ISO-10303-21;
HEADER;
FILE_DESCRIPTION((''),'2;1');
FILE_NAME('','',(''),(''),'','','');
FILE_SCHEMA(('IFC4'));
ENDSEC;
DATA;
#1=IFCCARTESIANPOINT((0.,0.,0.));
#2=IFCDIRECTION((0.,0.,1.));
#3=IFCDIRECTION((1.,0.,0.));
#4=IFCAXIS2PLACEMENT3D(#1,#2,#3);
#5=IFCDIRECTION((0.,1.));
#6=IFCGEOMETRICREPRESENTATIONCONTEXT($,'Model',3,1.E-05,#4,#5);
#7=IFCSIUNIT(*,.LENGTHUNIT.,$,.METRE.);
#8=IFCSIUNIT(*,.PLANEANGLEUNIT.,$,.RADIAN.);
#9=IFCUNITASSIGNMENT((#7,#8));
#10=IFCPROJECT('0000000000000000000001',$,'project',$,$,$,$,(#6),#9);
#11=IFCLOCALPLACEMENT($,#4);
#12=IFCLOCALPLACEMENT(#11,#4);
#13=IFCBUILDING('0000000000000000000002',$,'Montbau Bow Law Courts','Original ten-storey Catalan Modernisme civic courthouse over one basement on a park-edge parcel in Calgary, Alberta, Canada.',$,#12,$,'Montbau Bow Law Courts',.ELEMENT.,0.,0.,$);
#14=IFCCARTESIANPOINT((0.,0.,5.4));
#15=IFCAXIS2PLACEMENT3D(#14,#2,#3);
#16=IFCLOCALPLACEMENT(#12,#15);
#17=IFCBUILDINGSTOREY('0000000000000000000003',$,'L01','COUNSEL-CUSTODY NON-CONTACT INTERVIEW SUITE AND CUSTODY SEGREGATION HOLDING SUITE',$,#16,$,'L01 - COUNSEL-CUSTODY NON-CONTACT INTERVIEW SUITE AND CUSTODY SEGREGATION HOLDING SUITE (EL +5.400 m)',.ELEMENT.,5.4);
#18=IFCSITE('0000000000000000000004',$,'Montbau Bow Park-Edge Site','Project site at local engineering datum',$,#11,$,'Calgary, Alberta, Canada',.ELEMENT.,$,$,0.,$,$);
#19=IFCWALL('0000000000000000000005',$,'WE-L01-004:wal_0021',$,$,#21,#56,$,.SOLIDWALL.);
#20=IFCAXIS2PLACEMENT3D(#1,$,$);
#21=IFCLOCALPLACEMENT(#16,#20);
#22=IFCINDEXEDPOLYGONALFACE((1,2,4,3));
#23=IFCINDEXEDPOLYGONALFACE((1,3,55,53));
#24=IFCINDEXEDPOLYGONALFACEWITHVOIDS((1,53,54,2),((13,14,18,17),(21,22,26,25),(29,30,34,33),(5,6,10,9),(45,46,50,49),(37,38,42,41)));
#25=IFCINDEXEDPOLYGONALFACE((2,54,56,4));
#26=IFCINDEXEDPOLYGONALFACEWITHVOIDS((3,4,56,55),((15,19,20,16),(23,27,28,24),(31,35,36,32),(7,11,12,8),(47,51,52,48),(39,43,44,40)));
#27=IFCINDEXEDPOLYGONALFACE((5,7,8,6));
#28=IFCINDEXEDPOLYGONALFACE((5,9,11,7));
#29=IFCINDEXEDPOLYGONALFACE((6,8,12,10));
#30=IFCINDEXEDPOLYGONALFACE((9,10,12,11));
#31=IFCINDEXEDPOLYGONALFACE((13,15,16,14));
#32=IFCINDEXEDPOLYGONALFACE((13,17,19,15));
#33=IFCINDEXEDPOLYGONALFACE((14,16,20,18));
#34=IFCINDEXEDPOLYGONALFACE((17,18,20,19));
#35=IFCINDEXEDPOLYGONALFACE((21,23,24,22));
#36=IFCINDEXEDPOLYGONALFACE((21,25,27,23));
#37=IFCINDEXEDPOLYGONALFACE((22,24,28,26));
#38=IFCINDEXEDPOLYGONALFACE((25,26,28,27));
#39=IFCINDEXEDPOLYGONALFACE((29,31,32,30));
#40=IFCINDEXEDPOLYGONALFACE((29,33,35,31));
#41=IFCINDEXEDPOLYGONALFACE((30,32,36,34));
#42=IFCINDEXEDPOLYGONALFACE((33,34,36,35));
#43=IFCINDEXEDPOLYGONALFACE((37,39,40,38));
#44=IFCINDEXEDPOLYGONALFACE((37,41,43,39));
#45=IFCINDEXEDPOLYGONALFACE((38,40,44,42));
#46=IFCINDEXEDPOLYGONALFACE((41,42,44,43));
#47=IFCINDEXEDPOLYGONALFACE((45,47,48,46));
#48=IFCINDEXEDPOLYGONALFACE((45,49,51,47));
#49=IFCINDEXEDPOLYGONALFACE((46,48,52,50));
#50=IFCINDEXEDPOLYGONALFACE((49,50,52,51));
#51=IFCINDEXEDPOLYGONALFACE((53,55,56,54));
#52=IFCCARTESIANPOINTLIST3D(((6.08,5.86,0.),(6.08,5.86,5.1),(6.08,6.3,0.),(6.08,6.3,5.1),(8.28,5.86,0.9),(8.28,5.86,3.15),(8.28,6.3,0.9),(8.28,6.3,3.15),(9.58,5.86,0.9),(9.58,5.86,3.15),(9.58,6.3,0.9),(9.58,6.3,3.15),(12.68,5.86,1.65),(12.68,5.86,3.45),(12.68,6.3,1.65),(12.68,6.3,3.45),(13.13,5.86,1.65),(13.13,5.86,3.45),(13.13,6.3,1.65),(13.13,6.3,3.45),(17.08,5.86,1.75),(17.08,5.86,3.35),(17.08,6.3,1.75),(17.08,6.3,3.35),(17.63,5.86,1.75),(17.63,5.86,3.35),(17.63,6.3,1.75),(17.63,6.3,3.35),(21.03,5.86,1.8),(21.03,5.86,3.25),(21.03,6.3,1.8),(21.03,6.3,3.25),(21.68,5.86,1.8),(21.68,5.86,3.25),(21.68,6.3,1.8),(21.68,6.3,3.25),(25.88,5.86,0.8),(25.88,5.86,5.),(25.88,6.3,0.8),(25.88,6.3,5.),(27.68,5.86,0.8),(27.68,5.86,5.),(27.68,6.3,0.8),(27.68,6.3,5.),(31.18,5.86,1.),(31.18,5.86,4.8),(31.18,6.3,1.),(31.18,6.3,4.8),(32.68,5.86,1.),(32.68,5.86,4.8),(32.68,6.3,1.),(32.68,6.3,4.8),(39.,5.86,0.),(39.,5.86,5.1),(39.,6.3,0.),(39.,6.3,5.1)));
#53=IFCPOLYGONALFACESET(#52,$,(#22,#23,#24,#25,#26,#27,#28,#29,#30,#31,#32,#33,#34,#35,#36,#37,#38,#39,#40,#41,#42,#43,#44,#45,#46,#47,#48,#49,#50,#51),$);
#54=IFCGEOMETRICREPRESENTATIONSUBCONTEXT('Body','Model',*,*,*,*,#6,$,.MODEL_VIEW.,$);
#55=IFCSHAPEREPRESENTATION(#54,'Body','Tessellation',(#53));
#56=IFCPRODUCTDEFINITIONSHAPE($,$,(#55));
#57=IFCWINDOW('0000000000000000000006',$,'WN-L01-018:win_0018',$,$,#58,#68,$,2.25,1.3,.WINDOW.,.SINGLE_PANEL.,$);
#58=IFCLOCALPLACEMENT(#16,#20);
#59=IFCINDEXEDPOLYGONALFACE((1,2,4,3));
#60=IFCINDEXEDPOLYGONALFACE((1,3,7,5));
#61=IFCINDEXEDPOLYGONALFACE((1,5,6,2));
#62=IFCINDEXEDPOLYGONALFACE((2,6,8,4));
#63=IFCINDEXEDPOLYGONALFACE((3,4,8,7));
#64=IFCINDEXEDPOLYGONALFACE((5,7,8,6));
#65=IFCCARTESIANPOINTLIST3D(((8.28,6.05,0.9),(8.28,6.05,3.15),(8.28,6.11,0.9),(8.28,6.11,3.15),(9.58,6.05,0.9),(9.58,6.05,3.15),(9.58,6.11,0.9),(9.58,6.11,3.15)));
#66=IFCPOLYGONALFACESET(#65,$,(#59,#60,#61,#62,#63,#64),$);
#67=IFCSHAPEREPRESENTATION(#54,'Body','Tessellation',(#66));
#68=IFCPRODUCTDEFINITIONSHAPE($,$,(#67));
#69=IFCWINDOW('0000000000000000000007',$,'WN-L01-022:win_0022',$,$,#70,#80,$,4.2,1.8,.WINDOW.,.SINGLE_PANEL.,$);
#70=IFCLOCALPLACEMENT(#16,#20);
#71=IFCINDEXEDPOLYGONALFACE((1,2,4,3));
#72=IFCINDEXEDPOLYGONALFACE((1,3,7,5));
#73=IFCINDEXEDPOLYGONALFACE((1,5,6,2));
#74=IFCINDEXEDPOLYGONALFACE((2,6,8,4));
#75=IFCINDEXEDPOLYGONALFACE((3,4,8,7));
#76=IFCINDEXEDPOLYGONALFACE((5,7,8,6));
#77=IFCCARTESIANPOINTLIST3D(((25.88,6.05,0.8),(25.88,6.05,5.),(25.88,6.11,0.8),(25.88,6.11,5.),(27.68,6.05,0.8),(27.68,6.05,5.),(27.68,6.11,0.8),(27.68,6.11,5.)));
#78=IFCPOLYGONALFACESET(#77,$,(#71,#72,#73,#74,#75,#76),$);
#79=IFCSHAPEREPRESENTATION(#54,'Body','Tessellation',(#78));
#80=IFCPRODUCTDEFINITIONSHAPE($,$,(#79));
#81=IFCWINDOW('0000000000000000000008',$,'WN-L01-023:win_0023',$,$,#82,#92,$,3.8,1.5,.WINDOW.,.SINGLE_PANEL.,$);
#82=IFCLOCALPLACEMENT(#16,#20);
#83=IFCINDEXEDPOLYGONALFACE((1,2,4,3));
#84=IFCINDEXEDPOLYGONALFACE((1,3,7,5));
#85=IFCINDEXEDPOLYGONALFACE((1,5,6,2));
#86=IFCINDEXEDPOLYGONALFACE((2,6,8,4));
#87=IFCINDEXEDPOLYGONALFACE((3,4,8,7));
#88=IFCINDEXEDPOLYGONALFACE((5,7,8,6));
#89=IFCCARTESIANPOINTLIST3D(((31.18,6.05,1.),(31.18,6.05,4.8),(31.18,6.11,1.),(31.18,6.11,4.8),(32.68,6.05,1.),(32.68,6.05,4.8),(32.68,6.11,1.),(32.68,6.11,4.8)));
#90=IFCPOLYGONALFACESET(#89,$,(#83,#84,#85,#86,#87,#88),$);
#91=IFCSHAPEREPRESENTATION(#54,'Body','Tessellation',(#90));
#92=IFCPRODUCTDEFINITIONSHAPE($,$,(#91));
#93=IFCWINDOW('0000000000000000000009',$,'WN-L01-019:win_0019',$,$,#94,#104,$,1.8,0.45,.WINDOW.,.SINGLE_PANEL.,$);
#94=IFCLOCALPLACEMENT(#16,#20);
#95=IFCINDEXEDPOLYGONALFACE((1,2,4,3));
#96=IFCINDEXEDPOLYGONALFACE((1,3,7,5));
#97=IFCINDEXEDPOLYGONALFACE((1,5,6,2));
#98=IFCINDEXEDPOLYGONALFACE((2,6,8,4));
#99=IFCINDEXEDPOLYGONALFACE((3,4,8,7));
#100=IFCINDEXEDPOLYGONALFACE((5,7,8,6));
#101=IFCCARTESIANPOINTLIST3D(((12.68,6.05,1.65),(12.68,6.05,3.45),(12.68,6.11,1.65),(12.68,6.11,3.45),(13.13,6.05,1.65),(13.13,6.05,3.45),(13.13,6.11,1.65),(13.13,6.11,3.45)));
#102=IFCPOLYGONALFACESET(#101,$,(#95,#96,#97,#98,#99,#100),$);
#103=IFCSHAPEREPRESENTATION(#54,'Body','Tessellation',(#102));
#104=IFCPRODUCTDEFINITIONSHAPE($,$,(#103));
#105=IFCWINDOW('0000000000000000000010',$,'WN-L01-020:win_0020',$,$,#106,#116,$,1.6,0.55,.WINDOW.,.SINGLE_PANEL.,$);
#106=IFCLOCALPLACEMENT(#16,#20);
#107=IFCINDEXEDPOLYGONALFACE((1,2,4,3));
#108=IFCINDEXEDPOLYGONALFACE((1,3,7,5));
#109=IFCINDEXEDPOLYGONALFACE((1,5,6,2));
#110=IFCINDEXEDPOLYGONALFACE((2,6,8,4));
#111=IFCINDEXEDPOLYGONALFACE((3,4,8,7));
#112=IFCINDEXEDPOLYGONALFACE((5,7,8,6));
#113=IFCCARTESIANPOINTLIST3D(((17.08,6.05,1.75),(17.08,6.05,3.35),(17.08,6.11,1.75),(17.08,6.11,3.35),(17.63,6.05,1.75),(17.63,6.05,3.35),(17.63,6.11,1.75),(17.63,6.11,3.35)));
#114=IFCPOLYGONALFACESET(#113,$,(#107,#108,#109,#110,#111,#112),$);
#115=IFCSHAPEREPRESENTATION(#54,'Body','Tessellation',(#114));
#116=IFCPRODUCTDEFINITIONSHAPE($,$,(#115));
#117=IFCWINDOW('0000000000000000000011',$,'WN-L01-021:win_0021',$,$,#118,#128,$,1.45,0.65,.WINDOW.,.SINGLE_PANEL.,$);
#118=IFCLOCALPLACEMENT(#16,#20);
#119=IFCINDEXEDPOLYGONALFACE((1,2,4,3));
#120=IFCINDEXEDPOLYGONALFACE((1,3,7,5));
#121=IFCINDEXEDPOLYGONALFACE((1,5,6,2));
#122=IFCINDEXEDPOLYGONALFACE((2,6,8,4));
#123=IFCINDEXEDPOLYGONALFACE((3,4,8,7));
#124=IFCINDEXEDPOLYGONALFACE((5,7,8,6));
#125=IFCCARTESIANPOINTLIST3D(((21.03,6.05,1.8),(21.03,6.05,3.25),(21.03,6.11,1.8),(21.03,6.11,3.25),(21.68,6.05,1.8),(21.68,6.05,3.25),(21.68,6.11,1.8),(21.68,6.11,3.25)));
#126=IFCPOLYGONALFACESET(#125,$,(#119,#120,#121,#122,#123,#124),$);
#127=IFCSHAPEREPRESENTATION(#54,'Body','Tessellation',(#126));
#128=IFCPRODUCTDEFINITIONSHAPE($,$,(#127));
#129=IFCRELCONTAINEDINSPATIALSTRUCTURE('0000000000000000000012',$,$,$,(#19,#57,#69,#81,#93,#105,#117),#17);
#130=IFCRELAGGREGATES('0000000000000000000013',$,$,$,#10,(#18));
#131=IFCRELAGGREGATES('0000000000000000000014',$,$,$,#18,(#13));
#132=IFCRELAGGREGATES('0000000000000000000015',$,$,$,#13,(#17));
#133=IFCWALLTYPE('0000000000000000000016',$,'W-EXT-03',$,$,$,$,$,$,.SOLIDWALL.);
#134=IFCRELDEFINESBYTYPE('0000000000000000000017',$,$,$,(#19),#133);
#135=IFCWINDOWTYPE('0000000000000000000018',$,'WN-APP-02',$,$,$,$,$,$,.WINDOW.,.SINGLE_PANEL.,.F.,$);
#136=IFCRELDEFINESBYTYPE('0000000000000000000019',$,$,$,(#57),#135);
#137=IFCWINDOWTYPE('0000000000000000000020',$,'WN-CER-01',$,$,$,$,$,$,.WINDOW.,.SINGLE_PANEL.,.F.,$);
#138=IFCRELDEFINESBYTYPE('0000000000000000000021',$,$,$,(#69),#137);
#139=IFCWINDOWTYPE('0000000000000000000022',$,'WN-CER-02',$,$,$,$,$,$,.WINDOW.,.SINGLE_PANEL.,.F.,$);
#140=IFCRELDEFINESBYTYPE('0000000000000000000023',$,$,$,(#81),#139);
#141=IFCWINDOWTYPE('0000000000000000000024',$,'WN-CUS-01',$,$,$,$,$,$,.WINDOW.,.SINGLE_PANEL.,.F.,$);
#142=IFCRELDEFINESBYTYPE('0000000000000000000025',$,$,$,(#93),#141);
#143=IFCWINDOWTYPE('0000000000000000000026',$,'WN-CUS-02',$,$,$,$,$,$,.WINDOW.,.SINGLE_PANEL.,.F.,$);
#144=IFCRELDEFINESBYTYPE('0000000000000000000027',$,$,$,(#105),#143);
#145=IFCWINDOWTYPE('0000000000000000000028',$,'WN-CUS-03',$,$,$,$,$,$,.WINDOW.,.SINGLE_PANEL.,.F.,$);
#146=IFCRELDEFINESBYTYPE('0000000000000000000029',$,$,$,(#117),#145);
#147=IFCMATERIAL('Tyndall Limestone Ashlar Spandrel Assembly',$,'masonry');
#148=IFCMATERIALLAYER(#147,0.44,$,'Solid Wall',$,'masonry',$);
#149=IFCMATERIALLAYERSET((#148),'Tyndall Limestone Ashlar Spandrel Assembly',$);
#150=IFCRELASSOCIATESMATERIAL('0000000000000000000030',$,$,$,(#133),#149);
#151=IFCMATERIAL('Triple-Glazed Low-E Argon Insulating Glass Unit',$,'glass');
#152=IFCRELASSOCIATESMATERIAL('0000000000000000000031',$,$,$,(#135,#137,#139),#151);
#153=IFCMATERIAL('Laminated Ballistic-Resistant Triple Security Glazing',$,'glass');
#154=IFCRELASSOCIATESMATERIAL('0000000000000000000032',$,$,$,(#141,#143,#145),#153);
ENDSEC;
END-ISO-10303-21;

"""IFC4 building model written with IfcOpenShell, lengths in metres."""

from ifc_helpers import new_model, si_unit, direction, frame, frame_2d, origin_with_axes, place, context, subcontext, project, spatial, rectangle, extrude, material, layer, layer_set, type_object, element, fill, save


model = new_model("IFC4")

# Units and contexts
model_context = context("Model", 3, precision=1e-05, world=origin_with_axes(), true_north=direction((0.0, 1.0)))
body_context = subcontext(model_context, "Body", "Model", "MODEL_VIEW")
ifc_project = project(units=[si_unit("LENGTHUNIT", "METRE"), si_unit("PLANEANGLEUNIT", "RADIAN")], contexts=[model_context])

# Site, building, storey
site_placement = place(None, origin_with_axes())
site = spatial("IfcSite", under=ifc_project, at=site_placement, Name="Montbau Bow Park-Edge Site", Description="Project site at local engineering datum", LongName="Calgary, Alberta, Canada", CompositionType="ELEMENT", RefElevation=0.0)
building_placement = place(site_placement, origin_with_axes())
building = spatial("IfcBuilding", under=site, at=building_placement, Name="Montbau Bow Law Courts", Description="Original ten-storey Catalan Modernisme civic courthouse over one basement on a park-edge parcel in Calgary, Alberta, Canada.", LongName="Montbau Bow Law Courts", CompositionType="ELEMENT", ElevationOfRefHeight=0.0, ElevationOfTerrain=0.0)
storey_placement = place(building_placement, frame((0.0, 0.0, 5.4), z_axis=(0.0, 0.0, 1.0), x_axis=(1.0, 0.0, 0.0)))
storey = spatial("IfcBuildingStorey", under=building, at=storey_placement, Name="L01", Description="COUNSEL-CUSTODY NON-CONTACT INTERVIEW SUITE AND CUSTODY SEGREGATION HOLDING SUITE", LongName="L01 - COUNSEL-CUSTODY NON-CONTACT INTERVIEW SUITE AND CUSTODY SEGREGATION HOLDING SUITE (EL +5.400 m)", CompositionType="ELEMENT", Elevation=5.4)

# Wall, openings, windows
ifc_material_1 = material(Name="Tyndall Limestone Ashlar Spandrel Assembly", Category="masonry")
ifc_layer_1 = layer(ifc_material_1, 0.44, Name="Solid Wall", Category="masonry")
ifc_layer_set_1 = layer_set([ifc_layer_1], Name="Tyndall Limestone Ashlar Spandrel Assembly")
wall_type = type_object("IfcWallType", Name="W-EXT-03", PredefinedType="SOLIDWALL", material=ifc_layer_set_1)
wall_placement = place(None, frame((6.08, 6.08, 5.4), z_axis=(0.0, 0.0, 1.0), x_axis=(1.0, 0.0, 0.0)))
wall = element("IfcWall", 1, at=wall_placement, inside=storey, type_object=wall_type, Name="WE-L01-004:wal_0021", PredefinedType="SOLIDWALL", context=body_context, shape_type="SweptSolid", body=[
    extrude(rectangle(XDim=32.92, YDim=0.44, at=frame_2d((16.46, 0.0), x_axis=(1.0, 0.0))), origin_with_axes(), (0.0, 0.0, 1.0), 5.1),
])
opening_1_placement = place(None, frame((8.93, 6.08, 6.3), z_axis=(0.0, 0.0, 1.0), x_axis=(1.0, 0.0, 0.0)))
opening_1 = element("IfcOpeningElement", 2, at=opening_1_placement, cuts=wall, PredefinedType="OPENING", context=body_context, shape_type="SweptSolid", body=[
    extrude(rectangle(XDim=1.3, YDim=2.25, at=frame_2d((0.0, 1.125), x_axis=(1.0, 0.0))), frame((0.0, 0.23, 0.0), z_axis=(0.0, -1.0, 0.0), x_axis=(1.0, 0.0, 0.0)), (0.0, 0.0, 1.0), 0.46),
])
opening_2_placement = place(None, frame((12.905, 6.08, 7.05), z_axis=(0.0, 0.0, 1.0), x_axis=(1.0, 0.0, 0.0)))
opening_2 = element("IfcOpeningElement", 3, at=opening_2_placement, cuts=wall, PredefinedType="OPENING", context=body_context, shape_type="SweptSolid", body=[
    extrude(rectangle(XDim=0.45, YDim=1.8, at=frame_2d((0.0, 0.9), x_axis=(1.0, 0.0))), frame((0.0, 0.23, 0.0), z_axis=(0.0, -1.0, 0.0), x_axis=(1.0, 0.0, 0.0)), (0.0, 0.0, 1.0), 0.46),
])
opening_3_placement = place(None, frame((17.355, 6.08, 7.15), z_axis=(0.0, 0.0, 1.0), x_axis=(1.0, 0.0, 0.0)))
opening_3 = element("IfcOpeningElement", 4, at=opening_3_placement, cuts=wall, PredefinedType="OPENING", context=body_context, shape_type="SweptSolid", body=[
    extrude(rectangle(XDim=0.55, YDim=1.6, at=frame_2d((0.0, 0.8), x_axis=(1.0, 0.0))), frame((0.0, 0.23, 0.0), z_axis=(0.0, -1.0, 0.0), x_axis=(1.0, 0.0, 0.0)), (0.0, 0.0, 1.0), 0.46),
])
opening_4_placement = place(None, frame((21.355, 6.08, 7.2), z_axis=(0.0, 0.0, 1.0), x_axis=(1.0, 0.0, 0.0)))
opening_4 = element("IfcOpeningElement", 5, at=opening_4_placement, cuts=wall, PredefinedType="OPENING", context=body_context, shape_type="SweptSolid", body=[
    extrude(rectangle(XDim=0.65, YDim=1.45, at=frame_2d((0.0, 0.725), x_axis=(1.0, 0.0))), frame((0.0, 0.23, 0.0), z_axis=(0.0, -1.0, 0.0), x_axis=(1.0, 0.0, 0.0)), (0.0, 0.0, 1.0), 0.46),
])
opening_5_placement = place(None, frame((26.78, 6.08, 6.2), z_axis=(0.0, 0.0, 1.0), x_axis=(1.0, 0.0, 0.0)))
opening_5 = element("IfcOpeningElement", 6, at=opening_5_placement, cuts=wall, PredefinedType="OPENING", context=body_context, shape_type="SweptSolid", body=[
    extrude(rectangle(XDim=1.8, YDim=4.2, at=frame_2d((0.0, 2.1), x_axis=(1.0, 0.0))), frame((0.0, 0.23, 0.0), z_axis=(0.0, -1.0, 0.0), x_axis=(1.0, 0.0, 0.0)), (0.0, 0.0, 1.0), 0.46),
])
opening_6_placement = place(None, frame((31.93, 6.08, 6.4), z_axis=(0.0, 0.0, 1.0), x_axis=(1.0, 0.0, 0.0)))
opening_6 = element("IfcOpeningElement", 7, at=opening_6_placement, cuts=wall, PredefinedType="OPENING", context=body_context, shape_type="SweptSolid", body=[
    extrude(rectangle(XDim=1.5, YDim=3.8, at=frame_2d((0.0, 1.9), x_axis=(1.0, 0.0))), frame((0.0, 0.23, 0.0), z_axis=(0.0, -1.0, 0.0), x_axis=(1.0, 0.0, 0.0)), (0.0, 0.0, 1.0), 0.46),
])
ifc_material_2 = material(Name="Triple-Glazed Low-E Argon Insulating Glass Unit", Category="glass")
window_type_1 = type_object("IfcWindowType", Name="WN-APP-02", ParameterTakesPrecedence=False, PartitioningType="SINGLE_PANEL", PredefinedType="WINDOW", material=ifc_material_2)
window_1_placement = place(None, frame((8.93, 6.08, 6.3), z_axis=(0.0, 0.0, 1.0), x_axis=(1.0, 0.0, 0.0)))
window_1 = element("IfcWindow", 8, at=window_1_placement, inside=storey, type_object=window_type_1, Name="WN-L01-018:win_0018", OverallHeight=2.25, OverallWidth=1.3, PartitioningType="SINGLE_PANEL", PredefinedType="WINDOW", context=body_context, shape_type="SweptSolid", body=[
    extrude(rectangle(XDim=1.3, YDim=2.25, at=frame_2d((0.0, 1.125), x_axis=(1.0, 0.0))), frame((0.0, 0.03, 0.0), z_axis=(0.0, -1.0, 0.0), x_axis=(1.0, 0.0, 0.0)), (0.0, 0.0, 1.0), 0.06),
])
fill(opening_1, window_1)
window_type_2 = type_object("IfcWindowType", Name="WN-CER-01", ParameterTakesPrecedence=False, PartitioningType="SINGLE_PANEL", PredefinedType="WINDOW", material=ifc_material_2)
window_2_placement = place(None, frame((26.78, 6.08, 6.2), z_axis=(0.0, 0.0, 1.0), x_axis=(1.0, 0.0, 0.0)))
window_2 = element("IfcWindow", 9, at=window_2_placement, inside=storey, type_object=window_type_2, Name="WN-L01-022:win_0022", OverallHeight=4.2, OverallWidth=1.8, PartitioningType="SINGLE_PANEL", PredefinedType="WINDOW", context=body_context, shape_type="SweptSolid", body=[
    extrude(rectangle(XDim=1.8, YDim=4.2, at=frame_2d((0.0, 2.1), x_axis=(1.0, 0.0))), frame((0.0, 0.03, 0.0), z_axis=(0.0, -1.0, 0.0), x_axis=(1.0, 0.0, 0.0)), (0.0, 0.0, 1.0), 0.06),
])
fill(opening_5, window_2)
window_type_3 = type_object("IfcWindowType", Name="WN-CER-02", ParameterTakesPrecedence=False, PartitioningType="SINGLE_PANEL", PredefinedType="WINDOW", material=ifc_material_2)
window_3_placement = place(None, frame((31.93, 6.08, 6.4), z_axis=(0.0, 0.0, 1.0), x_axis=(1.0, 0.0, 0.0)))
window_3 = element("IfcWindow", 10, at=window_3_placement, inside=storey, type_object=window_type_3, Name="WN-L01-023:win_0023", OverallHeight=3.8, OverallWidth=1.5, PartitioningType="SINGLE_PANEL", PredefinedType="WINDOW", context=body_context, shape_type="SweptSolid", body=[
    extrude(rectangle(XDim=1.5, YDim=3.8, at=frame_2d((0.0, 1.9), x_axis=(1.0, 0.0))), frame((0.0, 0.03, 0.0), z_axis=(0.0, -1.0, 0.0), x_axis=(1.0, 0.0, 0.0)), (0.0, 0.0, 1.0), 0.06),
])
fill(opening_6, window_3)
ifc_material_3 = material(Name="Laminated Ballistic-Resistant Triple Security Glazing", Category="glass")
window_type_4 = type_object("IfcWindowType", Name="WN-CUS-01", ParameterTakesPrecedence=False, PartitioningType="SINGLE_PANEL", PredefinedType="WINDOW", material=ifc_material_3)
window_4_placement = place(None, frame((12.905, 6.08, 7.05), z_axis=(0.0, 0.0, 1.0), x_axis=(1.0, 0.0, 0.0)))
window_4 = element("IfcWindow", 11, at=window_4_placement, inside=storey, type_object=window_type_4, Name="WN-L01-019:win_0019", OverallHeight=1.8, OverallWidth=0.45, PartitioningType="SINGLE_PANEL", PredefinedType="WINDOW", context=body_context, shape_type="SweptSolid", body=[
    extrude(rectangle(XDim=0.45, YDim=1.8, at=frame_2d((0.0, 0.9), x_axis=(1.0, 0.0))), frame((0.0, 0.03, 0.0), z_axis=(0.0, -1.0, 0.0), x_axis=(1.0, 0.0, 0.0)), (0.0, 0.0, 1.0), 0.06),
])
fill(opening_2, window_4)
window_type_5 = type_object("IfcWindowType", Name="WN-CUS-02", ParameterTakesPrecedence=False, PartitioningType="SINGLE_PANEL", PredefinedType="WINDOW", material=ifc_material_3)
window_5_placement = place(None, frame((17.355, 6.08, 7.15), z_axis=(0.0, 0.0, 1.0), x_axis=(1.0, 0.0, 0.0)))
window_5 = element("IfcWindow", 12, at=window_5_placement, inside=storey, type_object=window_type_5, Name="WN-L01-020:win_0020", OverallHeight=1.6, OverallWidth=0.55, PartitioningType="SINGLE_PANEL", PredefinedType="WINDOW", context=body_context, shape_type="SweptSolid", body=[
    extrude(rectangle(XDim=0.55, YDim=1.6, at=frame_2d((0.0, 0.8), x_axis=(1.0, 0.0))), frame((0.0, 0.03, 0.0), z_axis=(0.0, -1.0, 0.0), x_axis=(1.0, 0.0, 0.0)), (0.0, 0.0, 1.0), 0.06),
])
fill(opening_3, window_5)
window_type_6 = type_object("IfcWindowType", Name="WN-CUS-03", ParameterTakesPrecedence=False, PartitioningType="SINGLE_PANEL", PredefinedType="WINDOW", material=ifc_material_3)
window_6_placement = place(None, frame((21.355, 6.08, 7.2), z_axis=(0.0, 0.0, 1.0), x_axis=(1.0, 0.0, 0.0)))
window_6 = element("IfcWindow", 13, at=window_6_placement, inside=storey, type_object=window_type_6, Name="WN-L01-021:win_0021", OverallHeight=1.45, OverallWidth=0.65, PartitioningType="SINGLE_PANEL", PredefinedType="WINDOW", context=body_context, shape_type="SweptSolid", body=[
    extrude(rectangle(XDim=0.65, YDim=1.45, at=frame_2d((0.0, 0.725), x_axis=(1.0, 0.0))), frame((0.0, 0.03, 0.0), z_axis=(0.0, -1.0, 0.0), x_axis=(1.0, 0.0, 0.0)), (0.0, 0.0, 1.0), 0.06),
])
fill(opening_4, window_6)

save(model, "model.ifc")
